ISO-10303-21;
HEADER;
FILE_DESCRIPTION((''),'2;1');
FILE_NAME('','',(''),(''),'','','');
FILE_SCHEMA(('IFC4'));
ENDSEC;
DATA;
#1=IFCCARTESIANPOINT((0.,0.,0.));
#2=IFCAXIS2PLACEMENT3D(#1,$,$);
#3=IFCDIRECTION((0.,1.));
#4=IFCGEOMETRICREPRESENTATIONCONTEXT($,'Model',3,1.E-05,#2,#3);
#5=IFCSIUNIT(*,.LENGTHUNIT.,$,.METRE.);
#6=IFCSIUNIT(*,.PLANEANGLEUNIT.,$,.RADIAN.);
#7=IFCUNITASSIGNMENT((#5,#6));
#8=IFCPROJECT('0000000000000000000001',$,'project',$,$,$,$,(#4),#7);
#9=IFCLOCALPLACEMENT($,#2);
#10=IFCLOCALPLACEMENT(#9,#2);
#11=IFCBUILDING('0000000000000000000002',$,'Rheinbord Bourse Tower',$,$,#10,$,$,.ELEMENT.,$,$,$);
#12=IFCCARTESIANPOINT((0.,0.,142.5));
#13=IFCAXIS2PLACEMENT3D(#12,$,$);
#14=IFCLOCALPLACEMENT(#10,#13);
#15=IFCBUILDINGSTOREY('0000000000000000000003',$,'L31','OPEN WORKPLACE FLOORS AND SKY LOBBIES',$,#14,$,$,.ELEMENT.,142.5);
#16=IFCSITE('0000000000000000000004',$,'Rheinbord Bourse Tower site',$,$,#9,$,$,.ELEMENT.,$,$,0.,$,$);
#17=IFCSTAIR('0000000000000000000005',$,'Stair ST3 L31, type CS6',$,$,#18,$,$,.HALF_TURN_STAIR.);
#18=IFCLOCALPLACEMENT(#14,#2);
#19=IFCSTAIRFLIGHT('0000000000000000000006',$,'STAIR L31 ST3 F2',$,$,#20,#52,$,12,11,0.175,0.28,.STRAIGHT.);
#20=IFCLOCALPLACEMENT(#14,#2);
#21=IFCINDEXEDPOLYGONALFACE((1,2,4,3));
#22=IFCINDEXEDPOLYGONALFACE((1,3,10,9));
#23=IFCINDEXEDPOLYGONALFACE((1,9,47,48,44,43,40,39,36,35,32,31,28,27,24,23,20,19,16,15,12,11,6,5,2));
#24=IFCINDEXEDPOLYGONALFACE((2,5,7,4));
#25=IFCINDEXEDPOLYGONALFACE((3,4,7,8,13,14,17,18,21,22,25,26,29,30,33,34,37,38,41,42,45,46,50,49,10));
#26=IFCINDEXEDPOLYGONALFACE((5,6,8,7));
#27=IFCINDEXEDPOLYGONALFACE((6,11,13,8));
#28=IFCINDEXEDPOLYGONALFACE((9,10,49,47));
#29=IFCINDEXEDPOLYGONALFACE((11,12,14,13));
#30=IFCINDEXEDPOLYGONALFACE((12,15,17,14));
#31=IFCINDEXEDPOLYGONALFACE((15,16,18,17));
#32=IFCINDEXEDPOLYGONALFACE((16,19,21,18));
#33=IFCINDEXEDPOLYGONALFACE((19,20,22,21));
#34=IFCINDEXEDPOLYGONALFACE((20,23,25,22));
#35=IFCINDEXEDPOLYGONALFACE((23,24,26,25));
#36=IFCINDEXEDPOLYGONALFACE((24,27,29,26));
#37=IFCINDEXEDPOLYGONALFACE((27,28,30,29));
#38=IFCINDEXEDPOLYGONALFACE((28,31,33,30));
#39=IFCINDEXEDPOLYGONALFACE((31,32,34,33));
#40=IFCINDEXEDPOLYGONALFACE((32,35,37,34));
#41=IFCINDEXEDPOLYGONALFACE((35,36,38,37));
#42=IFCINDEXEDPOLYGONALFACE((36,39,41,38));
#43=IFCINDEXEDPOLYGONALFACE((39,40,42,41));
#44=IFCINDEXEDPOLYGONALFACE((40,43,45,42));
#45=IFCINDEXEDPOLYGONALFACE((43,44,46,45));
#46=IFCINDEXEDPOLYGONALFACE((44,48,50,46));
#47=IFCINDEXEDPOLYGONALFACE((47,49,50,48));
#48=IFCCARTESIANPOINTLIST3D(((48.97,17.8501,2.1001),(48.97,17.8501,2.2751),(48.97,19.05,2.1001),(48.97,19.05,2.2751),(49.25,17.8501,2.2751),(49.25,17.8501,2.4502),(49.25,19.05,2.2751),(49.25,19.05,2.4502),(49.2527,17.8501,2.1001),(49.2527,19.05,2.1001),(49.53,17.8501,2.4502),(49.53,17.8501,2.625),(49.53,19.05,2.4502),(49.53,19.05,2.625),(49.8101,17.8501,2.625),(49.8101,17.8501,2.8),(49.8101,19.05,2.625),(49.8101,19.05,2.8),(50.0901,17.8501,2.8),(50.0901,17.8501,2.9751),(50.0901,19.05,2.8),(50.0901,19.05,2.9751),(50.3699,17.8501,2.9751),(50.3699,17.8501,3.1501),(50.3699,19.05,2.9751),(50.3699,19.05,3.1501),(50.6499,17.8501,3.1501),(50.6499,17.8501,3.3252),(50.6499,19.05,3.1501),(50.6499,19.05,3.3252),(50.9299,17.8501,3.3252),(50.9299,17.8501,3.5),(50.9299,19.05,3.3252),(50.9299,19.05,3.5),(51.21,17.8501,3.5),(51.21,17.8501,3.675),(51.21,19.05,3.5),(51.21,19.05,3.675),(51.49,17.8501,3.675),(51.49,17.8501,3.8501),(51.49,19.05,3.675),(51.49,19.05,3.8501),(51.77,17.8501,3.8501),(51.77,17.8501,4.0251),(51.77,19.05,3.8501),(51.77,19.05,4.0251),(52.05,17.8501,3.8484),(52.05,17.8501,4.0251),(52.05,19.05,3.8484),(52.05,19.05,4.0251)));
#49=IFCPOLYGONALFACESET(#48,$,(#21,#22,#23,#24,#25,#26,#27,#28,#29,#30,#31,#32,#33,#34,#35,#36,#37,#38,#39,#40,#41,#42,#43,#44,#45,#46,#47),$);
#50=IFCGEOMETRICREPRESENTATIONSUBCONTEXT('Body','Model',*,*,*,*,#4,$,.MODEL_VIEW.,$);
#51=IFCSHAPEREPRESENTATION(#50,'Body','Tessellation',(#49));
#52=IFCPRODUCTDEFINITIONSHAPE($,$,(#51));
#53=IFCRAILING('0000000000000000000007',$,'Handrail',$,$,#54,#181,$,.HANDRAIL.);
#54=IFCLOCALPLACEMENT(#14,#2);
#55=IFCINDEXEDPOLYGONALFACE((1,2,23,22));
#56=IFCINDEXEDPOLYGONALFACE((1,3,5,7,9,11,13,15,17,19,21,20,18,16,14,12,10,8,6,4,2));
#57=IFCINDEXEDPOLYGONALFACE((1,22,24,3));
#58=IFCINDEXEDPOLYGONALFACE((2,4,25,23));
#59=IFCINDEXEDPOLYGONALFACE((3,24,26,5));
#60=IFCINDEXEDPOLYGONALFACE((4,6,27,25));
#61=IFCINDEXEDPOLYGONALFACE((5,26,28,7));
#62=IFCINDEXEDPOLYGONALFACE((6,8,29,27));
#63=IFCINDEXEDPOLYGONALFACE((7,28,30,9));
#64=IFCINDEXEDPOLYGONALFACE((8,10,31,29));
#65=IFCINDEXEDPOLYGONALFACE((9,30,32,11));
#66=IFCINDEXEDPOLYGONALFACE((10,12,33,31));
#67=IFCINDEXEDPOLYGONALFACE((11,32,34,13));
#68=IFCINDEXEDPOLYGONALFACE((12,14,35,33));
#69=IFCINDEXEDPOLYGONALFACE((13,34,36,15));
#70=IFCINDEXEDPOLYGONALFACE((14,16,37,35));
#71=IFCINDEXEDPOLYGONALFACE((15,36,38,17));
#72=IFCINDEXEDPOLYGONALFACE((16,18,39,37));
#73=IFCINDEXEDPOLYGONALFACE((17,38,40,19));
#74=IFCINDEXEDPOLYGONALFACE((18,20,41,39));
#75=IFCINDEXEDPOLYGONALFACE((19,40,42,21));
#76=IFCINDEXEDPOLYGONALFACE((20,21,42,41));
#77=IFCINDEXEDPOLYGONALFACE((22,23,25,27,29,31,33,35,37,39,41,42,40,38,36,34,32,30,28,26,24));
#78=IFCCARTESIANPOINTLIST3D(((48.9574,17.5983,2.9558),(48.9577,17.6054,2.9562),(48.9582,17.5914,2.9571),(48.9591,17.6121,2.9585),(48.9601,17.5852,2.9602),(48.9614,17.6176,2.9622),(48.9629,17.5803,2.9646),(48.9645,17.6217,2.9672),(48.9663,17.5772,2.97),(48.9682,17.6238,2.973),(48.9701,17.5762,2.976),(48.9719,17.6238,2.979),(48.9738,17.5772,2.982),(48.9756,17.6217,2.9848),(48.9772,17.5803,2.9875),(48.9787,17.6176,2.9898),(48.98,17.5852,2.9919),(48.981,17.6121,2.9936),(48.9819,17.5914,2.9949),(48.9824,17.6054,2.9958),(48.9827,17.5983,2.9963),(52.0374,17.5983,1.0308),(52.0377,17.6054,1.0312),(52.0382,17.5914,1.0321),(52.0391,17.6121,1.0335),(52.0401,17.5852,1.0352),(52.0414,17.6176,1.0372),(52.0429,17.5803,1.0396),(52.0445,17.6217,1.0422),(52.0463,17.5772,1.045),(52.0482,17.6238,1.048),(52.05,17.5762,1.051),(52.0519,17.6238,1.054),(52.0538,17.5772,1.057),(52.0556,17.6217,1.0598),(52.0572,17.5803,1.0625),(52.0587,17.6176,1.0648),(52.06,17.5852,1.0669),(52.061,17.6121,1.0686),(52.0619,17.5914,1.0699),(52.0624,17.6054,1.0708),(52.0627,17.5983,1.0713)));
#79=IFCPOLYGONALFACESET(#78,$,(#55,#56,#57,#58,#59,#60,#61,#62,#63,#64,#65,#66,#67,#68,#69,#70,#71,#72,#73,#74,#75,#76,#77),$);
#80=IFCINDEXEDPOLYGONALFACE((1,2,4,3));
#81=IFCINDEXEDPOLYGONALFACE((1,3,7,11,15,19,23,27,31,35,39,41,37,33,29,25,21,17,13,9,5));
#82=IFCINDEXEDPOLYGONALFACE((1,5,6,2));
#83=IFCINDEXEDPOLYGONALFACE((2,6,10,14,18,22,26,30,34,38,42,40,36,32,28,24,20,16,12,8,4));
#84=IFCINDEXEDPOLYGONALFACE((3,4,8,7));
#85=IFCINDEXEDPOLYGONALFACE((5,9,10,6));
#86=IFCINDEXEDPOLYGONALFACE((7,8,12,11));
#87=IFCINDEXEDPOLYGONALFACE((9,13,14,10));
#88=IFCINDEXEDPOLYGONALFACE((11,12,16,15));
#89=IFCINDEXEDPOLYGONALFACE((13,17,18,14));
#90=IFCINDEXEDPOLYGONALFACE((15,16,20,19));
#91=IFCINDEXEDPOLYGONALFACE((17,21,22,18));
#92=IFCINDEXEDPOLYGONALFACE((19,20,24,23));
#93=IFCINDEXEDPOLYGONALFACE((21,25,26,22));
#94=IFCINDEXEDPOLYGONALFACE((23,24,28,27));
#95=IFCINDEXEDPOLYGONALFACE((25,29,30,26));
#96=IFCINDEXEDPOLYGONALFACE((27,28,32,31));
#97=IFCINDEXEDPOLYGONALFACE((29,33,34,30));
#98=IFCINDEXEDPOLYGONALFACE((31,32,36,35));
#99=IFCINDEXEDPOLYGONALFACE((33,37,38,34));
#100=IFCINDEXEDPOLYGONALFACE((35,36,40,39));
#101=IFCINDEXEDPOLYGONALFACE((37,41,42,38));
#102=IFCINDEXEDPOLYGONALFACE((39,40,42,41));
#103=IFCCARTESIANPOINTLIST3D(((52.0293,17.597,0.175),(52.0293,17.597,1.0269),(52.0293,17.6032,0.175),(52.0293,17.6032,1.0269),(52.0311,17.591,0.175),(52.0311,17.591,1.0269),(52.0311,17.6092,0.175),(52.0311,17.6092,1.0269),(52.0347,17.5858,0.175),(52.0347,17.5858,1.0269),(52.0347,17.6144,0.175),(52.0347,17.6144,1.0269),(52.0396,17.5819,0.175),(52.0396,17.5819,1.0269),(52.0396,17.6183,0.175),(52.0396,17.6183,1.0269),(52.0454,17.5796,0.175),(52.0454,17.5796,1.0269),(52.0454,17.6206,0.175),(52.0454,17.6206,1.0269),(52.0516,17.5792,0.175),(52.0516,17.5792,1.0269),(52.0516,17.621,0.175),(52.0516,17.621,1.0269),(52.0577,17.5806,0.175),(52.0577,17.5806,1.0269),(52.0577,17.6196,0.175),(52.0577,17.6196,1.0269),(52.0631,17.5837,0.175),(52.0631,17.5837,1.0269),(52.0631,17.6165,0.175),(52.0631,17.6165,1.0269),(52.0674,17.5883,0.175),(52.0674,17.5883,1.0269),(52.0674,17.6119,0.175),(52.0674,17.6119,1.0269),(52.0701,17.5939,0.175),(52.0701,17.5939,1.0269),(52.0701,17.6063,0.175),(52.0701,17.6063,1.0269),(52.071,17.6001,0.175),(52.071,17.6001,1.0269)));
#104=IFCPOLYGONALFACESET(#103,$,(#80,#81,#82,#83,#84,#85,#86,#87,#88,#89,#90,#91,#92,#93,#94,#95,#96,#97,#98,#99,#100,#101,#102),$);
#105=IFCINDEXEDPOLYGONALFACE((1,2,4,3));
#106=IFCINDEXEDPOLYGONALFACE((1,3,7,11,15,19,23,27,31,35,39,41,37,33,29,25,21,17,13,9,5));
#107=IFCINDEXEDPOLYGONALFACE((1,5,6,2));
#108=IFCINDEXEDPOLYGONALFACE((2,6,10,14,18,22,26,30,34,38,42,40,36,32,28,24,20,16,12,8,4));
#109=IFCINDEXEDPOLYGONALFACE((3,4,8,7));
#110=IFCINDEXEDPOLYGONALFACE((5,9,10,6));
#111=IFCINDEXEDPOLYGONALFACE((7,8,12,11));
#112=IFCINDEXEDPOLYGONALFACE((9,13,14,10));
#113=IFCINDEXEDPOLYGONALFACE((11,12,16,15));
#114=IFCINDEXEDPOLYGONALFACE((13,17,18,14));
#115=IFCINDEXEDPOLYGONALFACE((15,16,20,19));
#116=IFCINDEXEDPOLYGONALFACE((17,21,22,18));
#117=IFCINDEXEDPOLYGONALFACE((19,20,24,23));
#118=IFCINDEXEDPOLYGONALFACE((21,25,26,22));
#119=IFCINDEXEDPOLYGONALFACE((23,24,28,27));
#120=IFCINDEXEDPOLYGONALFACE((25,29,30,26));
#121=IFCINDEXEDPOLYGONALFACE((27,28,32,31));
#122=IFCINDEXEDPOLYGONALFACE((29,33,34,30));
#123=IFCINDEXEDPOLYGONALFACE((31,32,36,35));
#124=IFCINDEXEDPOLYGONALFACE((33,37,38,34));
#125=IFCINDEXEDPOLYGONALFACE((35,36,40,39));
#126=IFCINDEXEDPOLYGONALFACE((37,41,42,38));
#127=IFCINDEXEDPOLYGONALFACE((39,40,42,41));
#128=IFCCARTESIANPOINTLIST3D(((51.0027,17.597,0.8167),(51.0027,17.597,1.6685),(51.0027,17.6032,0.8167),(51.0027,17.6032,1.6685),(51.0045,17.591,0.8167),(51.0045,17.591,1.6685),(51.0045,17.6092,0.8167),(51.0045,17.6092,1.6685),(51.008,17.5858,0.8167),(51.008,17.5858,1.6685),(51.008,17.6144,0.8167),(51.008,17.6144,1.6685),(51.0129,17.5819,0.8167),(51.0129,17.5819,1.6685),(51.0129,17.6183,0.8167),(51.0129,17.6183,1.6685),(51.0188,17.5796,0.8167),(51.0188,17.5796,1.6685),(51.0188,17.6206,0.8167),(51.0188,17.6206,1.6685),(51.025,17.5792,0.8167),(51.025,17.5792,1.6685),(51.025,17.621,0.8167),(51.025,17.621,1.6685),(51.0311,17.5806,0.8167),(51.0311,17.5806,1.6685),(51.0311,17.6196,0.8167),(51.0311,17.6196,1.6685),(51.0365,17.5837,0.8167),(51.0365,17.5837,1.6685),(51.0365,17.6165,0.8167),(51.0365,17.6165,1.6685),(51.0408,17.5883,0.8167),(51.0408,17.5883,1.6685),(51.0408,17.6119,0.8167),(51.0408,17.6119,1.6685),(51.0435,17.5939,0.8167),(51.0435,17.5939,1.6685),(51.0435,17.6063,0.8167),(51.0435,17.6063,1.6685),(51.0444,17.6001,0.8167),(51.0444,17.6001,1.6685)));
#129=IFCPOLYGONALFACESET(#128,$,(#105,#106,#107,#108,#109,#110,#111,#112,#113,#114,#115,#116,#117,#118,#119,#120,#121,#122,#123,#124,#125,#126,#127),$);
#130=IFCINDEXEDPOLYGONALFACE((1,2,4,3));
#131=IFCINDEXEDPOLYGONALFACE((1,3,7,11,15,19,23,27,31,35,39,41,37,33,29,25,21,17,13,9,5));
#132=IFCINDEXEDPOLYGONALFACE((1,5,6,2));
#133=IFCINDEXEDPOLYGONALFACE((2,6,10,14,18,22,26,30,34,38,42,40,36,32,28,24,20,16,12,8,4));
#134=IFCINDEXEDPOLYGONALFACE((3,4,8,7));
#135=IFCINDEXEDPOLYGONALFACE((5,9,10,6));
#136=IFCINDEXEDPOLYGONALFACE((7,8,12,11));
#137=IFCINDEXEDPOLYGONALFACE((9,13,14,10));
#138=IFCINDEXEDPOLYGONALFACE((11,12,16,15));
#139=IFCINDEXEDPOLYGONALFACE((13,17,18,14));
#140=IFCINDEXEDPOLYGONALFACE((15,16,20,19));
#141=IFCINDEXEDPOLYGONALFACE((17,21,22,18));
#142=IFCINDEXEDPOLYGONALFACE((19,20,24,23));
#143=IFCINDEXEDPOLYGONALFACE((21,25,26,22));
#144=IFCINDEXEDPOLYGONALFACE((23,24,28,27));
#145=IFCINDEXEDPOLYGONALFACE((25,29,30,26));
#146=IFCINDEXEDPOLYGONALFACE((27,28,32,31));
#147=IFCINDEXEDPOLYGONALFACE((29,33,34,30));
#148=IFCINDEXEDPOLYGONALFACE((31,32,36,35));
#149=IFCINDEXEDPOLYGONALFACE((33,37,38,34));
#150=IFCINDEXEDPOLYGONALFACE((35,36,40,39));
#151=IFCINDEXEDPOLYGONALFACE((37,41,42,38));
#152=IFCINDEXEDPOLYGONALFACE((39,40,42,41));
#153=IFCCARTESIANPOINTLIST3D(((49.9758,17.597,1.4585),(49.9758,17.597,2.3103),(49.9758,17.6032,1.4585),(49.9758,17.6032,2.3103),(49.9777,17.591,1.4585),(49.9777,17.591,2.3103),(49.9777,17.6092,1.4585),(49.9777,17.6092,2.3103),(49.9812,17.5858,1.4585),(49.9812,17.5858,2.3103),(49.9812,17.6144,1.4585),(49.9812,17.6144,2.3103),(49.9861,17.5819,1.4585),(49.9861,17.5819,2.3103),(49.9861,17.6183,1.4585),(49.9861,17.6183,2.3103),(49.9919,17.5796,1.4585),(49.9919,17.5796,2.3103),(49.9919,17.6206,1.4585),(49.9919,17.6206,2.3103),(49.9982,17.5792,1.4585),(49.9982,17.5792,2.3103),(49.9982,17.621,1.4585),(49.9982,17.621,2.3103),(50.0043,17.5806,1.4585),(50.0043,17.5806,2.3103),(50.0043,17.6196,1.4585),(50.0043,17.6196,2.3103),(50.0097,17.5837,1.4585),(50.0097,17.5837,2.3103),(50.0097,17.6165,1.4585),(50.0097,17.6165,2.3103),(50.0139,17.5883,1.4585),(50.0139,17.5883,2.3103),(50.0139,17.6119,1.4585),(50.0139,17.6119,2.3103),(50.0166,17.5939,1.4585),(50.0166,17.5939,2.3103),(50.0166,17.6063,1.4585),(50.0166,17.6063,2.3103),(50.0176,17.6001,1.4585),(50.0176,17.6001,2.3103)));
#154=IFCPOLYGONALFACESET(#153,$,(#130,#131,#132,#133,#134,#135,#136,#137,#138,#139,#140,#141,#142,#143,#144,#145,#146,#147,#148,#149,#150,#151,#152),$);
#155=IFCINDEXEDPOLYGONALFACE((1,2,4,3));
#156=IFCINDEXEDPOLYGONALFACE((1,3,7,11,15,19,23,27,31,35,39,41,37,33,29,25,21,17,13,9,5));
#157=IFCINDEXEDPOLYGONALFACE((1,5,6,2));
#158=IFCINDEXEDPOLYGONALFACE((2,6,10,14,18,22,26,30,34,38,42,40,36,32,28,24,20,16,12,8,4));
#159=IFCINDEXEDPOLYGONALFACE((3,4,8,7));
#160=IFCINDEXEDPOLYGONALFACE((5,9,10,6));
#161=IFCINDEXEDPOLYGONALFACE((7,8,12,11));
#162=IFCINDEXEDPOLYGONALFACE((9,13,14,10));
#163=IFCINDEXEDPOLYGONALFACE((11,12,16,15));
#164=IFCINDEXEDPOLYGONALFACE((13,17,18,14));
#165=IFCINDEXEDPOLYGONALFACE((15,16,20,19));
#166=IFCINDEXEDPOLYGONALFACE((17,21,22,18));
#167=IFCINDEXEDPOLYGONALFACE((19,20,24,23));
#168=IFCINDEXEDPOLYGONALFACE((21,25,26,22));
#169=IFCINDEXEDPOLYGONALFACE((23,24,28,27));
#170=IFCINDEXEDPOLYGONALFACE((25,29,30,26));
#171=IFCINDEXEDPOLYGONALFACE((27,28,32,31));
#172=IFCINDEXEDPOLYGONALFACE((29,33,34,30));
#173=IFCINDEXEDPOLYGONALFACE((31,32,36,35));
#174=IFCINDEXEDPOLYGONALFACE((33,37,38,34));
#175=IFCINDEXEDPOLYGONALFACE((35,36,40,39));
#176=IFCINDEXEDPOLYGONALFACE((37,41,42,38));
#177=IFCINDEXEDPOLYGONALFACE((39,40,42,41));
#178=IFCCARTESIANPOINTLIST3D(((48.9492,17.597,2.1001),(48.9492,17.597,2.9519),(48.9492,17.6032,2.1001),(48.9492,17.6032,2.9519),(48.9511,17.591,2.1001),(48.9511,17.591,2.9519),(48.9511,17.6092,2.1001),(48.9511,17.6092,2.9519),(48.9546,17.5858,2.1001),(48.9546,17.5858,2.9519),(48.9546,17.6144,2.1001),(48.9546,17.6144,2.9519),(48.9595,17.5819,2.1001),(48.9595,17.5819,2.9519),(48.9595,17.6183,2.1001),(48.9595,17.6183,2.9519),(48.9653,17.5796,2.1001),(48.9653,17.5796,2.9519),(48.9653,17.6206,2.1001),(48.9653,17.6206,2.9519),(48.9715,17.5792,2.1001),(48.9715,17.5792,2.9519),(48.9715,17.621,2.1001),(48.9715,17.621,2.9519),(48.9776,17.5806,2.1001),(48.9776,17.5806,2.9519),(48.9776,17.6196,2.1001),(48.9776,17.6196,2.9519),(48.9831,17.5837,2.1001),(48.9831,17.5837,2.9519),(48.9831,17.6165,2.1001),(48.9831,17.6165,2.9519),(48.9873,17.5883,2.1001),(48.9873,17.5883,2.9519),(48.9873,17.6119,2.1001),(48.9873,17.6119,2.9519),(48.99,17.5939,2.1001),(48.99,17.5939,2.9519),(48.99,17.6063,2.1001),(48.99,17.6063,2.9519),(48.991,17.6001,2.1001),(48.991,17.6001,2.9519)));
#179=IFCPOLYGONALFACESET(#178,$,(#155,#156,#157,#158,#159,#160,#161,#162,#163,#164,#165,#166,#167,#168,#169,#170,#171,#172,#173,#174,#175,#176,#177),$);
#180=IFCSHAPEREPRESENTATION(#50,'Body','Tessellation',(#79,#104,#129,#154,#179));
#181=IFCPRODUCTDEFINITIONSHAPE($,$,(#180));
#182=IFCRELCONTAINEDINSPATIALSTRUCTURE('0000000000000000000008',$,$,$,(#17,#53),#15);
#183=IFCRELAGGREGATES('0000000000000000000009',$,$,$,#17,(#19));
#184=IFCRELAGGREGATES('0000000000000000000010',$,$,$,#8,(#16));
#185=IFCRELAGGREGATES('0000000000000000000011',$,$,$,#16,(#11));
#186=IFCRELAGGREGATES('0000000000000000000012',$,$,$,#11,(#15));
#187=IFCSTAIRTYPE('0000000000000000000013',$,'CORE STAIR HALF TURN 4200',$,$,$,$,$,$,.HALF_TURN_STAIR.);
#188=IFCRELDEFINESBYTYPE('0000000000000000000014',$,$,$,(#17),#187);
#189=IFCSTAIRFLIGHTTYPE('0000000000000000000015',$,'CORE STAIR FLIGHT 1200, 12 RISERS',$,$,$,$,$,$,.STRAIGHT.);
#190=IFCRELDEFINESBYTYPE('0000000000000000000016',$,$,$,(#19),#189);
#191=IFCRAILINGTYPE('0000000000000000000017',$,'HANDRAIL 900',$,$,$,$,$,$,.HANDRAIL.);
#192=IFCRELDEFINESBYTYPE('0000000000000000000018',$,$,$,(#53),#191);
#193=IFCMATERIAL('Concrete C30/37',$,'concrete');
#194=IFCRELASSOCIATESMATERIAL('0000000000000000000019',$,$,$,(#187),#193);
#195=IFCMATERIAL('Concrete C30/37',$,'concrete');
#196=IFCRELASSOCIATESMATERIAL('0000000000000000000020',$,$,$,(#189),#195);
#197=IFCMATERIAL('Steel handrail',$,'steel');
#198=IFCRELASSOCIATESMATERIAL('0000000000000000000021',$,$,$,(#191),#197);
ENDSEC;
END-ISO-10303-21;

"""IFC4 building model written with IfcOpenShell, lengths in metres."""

from ifc_helpers import new_model, si_unit, direction, frame, origin, origin_2d, place, context, subcontext, project, spatial, polyline, circle, outline, extrude, material, type_object, element, aggregate, save


model = new_model("IFC4")

# Units and contexts
model_context = context("Model", 3, precision=1e-05, world=origin(), true_north=direction((0.0, 1.0)))
body_context = subcontext(model_context, "Body", "Model", "MODEL_VIEW")
ifc_project = project(units=[si_unit("LENGTHUNIT", "METRE"), si_unit("PLANEANGLEUNIT", "RADIAN")], contexts=[model_context])

# Site, building, storey
site_placement = place(None, origin())
site = spatial("IfcSite", under=ifc_project, at=site_placement, Name="Rheinbord Bourse Tower site", CompositionType="ELEMENT", RefElevation=0.0)
building_placement = place(site_placement, origin())
building = spatial("IfcBuilding", under=site, at=building_placement, Name="Rheinbord Bourse Tower", CompositionType="ELEMENT")
storey_placement = place(building_placement, frame((0.0, 0.0, 142.5)))
storey = spatial("IfcBuildingStorey", under=building, at=storey_placement, Name="L31", Description="OPEN WORKPLACE FLOORS AND SKY LOBBIES", CompositionType="ELEMENT", Elevation=142.5)

# Stair, stair flight
ifc_material_1 = material(Name="Concrete C30/37", Category="concrete")
stair_type = type_object("IfcStairType", Name="CORE STAIR HALF TURN 4200", PredefinedType="HALF_TURN_STAIR", material=ifc_material_1)
stair_placement = place(storey_placement, origin())
stair = element("IfcStair", 1, at=stair_placement, inside=storey, type_object=stair_type, Name="Stair ST3 L31, type CS6", PredefinedType="HALF_TURN_STAIR")
ifc_material_2 = material(Name="Concrete C30/37", Category="concrete")
stair_flight_type = type_object("IfcStairFlightType", Name="CORE STAIR FLIGHT 1200, 12 RISERS", PredefinedType="STRAIGHT", material=ifc_material_2)
stair_flight_placement = place(storey_placement, frame((48.97, 18.45, 2.1001), z_axis=(0.0, 0.0, 1.0), x_axis=(1.0, 0.0, 0.0)))
stair_flight = element("IfcStairFlight", 2, at=stair_flight_placement, type_object=stair_flight_type, Name="STAIR L31 ST3 F2", NumberOfRisers=12, NumberOfTreads=11, PredefinedType="STRAIGHT", RiserHeight=0.175, TreadLength=0.28, context=body_context, shape_type="SweptSolid", body=[
    extrude(outline(polyline([(0.0, 0.0), (0.0, 0.175), (0.28, 0.175), (0.28, 0.3501), (0.5601, 0.3501), (0.5601, 0.5249), (0.8401, 0.5249), (0.8401, 0.7), (1.1201, 0.7), (1.1201, 0.875), (1.3999, 0.875), (1.3999, 1.05), (1.6799, 1.05), (1.6799, 1.2251), (1.96, 1.2251), (1.96, 1.3999), (2.24, 1.3999), (2.24, 1.575), (2.52, 1.575), (2.52, 1.75), (2.8, 1.75), (2.8, 1.925), (3.0801, 1.925), (3.0801, 2.1001), (3.0801, 1.7483), (0.2827, 0.0), (0.0, 0.0)])), frame((0.0, 0.6001, 0.0), z_axis=(0.0, -1.0, 0.0), x_axis=(1.0, 0.0, 0.0)), (0.0, 0.0, 1.0), 1.2),
])
aggregate(stair, [stair_flight])

# Railing
ifc_material_3 = material(Name="Steel handrail", Category="steel")
railing_type = type_object("IfcRailingType", Name="HANDRAIL 900", PredefinedType="HANDRAIL", material=ifc_material_3)
railing_1_placement = place(storey_placement, frame((52.05, 17.6001, 0.175)))
element("IfcRailing", 3, at=railing_1_placement, inside=storey, type_object=railing_type, Name="Handrail", PredefinedType="HANDRAIL", context=body_context, shape_type="SweptSolid", body=[
    extrude(circle(Radius=0.0239, at=origin_2d()), frame((0.0, 0.0, 0.876), z_axis=(-0.847998, 0.0, 0.529999), x_axis=(0.0, -1.0, 0.0)), (0.0, 0.0, 1.0), 3.6321),
    extrude(circle(Radius=0.021, at=origin_2d()), origin(), (0.0, 0.0, 1.0), 0.8518),
    extrude(circle(Radius=0.021, at=origin_2d()), frame((-1.0266, 0.0, 0.6416)), (0.0, 0.0, 1.0), 0.8518),
    extrude(circle(Radius=0.021, at=origin_2d()), frame((-2.0535, 0.0, 1.2834)), (0.0, 0.0, 1.0), 0.8518),
    extrude(circle(Radius=0.021, at=origin_2d()), frame((-3.0801, 0.0, 1.925)), (0.0, 0.0, 1.0), 0.8518),
])

save(model, "model.ifc")
